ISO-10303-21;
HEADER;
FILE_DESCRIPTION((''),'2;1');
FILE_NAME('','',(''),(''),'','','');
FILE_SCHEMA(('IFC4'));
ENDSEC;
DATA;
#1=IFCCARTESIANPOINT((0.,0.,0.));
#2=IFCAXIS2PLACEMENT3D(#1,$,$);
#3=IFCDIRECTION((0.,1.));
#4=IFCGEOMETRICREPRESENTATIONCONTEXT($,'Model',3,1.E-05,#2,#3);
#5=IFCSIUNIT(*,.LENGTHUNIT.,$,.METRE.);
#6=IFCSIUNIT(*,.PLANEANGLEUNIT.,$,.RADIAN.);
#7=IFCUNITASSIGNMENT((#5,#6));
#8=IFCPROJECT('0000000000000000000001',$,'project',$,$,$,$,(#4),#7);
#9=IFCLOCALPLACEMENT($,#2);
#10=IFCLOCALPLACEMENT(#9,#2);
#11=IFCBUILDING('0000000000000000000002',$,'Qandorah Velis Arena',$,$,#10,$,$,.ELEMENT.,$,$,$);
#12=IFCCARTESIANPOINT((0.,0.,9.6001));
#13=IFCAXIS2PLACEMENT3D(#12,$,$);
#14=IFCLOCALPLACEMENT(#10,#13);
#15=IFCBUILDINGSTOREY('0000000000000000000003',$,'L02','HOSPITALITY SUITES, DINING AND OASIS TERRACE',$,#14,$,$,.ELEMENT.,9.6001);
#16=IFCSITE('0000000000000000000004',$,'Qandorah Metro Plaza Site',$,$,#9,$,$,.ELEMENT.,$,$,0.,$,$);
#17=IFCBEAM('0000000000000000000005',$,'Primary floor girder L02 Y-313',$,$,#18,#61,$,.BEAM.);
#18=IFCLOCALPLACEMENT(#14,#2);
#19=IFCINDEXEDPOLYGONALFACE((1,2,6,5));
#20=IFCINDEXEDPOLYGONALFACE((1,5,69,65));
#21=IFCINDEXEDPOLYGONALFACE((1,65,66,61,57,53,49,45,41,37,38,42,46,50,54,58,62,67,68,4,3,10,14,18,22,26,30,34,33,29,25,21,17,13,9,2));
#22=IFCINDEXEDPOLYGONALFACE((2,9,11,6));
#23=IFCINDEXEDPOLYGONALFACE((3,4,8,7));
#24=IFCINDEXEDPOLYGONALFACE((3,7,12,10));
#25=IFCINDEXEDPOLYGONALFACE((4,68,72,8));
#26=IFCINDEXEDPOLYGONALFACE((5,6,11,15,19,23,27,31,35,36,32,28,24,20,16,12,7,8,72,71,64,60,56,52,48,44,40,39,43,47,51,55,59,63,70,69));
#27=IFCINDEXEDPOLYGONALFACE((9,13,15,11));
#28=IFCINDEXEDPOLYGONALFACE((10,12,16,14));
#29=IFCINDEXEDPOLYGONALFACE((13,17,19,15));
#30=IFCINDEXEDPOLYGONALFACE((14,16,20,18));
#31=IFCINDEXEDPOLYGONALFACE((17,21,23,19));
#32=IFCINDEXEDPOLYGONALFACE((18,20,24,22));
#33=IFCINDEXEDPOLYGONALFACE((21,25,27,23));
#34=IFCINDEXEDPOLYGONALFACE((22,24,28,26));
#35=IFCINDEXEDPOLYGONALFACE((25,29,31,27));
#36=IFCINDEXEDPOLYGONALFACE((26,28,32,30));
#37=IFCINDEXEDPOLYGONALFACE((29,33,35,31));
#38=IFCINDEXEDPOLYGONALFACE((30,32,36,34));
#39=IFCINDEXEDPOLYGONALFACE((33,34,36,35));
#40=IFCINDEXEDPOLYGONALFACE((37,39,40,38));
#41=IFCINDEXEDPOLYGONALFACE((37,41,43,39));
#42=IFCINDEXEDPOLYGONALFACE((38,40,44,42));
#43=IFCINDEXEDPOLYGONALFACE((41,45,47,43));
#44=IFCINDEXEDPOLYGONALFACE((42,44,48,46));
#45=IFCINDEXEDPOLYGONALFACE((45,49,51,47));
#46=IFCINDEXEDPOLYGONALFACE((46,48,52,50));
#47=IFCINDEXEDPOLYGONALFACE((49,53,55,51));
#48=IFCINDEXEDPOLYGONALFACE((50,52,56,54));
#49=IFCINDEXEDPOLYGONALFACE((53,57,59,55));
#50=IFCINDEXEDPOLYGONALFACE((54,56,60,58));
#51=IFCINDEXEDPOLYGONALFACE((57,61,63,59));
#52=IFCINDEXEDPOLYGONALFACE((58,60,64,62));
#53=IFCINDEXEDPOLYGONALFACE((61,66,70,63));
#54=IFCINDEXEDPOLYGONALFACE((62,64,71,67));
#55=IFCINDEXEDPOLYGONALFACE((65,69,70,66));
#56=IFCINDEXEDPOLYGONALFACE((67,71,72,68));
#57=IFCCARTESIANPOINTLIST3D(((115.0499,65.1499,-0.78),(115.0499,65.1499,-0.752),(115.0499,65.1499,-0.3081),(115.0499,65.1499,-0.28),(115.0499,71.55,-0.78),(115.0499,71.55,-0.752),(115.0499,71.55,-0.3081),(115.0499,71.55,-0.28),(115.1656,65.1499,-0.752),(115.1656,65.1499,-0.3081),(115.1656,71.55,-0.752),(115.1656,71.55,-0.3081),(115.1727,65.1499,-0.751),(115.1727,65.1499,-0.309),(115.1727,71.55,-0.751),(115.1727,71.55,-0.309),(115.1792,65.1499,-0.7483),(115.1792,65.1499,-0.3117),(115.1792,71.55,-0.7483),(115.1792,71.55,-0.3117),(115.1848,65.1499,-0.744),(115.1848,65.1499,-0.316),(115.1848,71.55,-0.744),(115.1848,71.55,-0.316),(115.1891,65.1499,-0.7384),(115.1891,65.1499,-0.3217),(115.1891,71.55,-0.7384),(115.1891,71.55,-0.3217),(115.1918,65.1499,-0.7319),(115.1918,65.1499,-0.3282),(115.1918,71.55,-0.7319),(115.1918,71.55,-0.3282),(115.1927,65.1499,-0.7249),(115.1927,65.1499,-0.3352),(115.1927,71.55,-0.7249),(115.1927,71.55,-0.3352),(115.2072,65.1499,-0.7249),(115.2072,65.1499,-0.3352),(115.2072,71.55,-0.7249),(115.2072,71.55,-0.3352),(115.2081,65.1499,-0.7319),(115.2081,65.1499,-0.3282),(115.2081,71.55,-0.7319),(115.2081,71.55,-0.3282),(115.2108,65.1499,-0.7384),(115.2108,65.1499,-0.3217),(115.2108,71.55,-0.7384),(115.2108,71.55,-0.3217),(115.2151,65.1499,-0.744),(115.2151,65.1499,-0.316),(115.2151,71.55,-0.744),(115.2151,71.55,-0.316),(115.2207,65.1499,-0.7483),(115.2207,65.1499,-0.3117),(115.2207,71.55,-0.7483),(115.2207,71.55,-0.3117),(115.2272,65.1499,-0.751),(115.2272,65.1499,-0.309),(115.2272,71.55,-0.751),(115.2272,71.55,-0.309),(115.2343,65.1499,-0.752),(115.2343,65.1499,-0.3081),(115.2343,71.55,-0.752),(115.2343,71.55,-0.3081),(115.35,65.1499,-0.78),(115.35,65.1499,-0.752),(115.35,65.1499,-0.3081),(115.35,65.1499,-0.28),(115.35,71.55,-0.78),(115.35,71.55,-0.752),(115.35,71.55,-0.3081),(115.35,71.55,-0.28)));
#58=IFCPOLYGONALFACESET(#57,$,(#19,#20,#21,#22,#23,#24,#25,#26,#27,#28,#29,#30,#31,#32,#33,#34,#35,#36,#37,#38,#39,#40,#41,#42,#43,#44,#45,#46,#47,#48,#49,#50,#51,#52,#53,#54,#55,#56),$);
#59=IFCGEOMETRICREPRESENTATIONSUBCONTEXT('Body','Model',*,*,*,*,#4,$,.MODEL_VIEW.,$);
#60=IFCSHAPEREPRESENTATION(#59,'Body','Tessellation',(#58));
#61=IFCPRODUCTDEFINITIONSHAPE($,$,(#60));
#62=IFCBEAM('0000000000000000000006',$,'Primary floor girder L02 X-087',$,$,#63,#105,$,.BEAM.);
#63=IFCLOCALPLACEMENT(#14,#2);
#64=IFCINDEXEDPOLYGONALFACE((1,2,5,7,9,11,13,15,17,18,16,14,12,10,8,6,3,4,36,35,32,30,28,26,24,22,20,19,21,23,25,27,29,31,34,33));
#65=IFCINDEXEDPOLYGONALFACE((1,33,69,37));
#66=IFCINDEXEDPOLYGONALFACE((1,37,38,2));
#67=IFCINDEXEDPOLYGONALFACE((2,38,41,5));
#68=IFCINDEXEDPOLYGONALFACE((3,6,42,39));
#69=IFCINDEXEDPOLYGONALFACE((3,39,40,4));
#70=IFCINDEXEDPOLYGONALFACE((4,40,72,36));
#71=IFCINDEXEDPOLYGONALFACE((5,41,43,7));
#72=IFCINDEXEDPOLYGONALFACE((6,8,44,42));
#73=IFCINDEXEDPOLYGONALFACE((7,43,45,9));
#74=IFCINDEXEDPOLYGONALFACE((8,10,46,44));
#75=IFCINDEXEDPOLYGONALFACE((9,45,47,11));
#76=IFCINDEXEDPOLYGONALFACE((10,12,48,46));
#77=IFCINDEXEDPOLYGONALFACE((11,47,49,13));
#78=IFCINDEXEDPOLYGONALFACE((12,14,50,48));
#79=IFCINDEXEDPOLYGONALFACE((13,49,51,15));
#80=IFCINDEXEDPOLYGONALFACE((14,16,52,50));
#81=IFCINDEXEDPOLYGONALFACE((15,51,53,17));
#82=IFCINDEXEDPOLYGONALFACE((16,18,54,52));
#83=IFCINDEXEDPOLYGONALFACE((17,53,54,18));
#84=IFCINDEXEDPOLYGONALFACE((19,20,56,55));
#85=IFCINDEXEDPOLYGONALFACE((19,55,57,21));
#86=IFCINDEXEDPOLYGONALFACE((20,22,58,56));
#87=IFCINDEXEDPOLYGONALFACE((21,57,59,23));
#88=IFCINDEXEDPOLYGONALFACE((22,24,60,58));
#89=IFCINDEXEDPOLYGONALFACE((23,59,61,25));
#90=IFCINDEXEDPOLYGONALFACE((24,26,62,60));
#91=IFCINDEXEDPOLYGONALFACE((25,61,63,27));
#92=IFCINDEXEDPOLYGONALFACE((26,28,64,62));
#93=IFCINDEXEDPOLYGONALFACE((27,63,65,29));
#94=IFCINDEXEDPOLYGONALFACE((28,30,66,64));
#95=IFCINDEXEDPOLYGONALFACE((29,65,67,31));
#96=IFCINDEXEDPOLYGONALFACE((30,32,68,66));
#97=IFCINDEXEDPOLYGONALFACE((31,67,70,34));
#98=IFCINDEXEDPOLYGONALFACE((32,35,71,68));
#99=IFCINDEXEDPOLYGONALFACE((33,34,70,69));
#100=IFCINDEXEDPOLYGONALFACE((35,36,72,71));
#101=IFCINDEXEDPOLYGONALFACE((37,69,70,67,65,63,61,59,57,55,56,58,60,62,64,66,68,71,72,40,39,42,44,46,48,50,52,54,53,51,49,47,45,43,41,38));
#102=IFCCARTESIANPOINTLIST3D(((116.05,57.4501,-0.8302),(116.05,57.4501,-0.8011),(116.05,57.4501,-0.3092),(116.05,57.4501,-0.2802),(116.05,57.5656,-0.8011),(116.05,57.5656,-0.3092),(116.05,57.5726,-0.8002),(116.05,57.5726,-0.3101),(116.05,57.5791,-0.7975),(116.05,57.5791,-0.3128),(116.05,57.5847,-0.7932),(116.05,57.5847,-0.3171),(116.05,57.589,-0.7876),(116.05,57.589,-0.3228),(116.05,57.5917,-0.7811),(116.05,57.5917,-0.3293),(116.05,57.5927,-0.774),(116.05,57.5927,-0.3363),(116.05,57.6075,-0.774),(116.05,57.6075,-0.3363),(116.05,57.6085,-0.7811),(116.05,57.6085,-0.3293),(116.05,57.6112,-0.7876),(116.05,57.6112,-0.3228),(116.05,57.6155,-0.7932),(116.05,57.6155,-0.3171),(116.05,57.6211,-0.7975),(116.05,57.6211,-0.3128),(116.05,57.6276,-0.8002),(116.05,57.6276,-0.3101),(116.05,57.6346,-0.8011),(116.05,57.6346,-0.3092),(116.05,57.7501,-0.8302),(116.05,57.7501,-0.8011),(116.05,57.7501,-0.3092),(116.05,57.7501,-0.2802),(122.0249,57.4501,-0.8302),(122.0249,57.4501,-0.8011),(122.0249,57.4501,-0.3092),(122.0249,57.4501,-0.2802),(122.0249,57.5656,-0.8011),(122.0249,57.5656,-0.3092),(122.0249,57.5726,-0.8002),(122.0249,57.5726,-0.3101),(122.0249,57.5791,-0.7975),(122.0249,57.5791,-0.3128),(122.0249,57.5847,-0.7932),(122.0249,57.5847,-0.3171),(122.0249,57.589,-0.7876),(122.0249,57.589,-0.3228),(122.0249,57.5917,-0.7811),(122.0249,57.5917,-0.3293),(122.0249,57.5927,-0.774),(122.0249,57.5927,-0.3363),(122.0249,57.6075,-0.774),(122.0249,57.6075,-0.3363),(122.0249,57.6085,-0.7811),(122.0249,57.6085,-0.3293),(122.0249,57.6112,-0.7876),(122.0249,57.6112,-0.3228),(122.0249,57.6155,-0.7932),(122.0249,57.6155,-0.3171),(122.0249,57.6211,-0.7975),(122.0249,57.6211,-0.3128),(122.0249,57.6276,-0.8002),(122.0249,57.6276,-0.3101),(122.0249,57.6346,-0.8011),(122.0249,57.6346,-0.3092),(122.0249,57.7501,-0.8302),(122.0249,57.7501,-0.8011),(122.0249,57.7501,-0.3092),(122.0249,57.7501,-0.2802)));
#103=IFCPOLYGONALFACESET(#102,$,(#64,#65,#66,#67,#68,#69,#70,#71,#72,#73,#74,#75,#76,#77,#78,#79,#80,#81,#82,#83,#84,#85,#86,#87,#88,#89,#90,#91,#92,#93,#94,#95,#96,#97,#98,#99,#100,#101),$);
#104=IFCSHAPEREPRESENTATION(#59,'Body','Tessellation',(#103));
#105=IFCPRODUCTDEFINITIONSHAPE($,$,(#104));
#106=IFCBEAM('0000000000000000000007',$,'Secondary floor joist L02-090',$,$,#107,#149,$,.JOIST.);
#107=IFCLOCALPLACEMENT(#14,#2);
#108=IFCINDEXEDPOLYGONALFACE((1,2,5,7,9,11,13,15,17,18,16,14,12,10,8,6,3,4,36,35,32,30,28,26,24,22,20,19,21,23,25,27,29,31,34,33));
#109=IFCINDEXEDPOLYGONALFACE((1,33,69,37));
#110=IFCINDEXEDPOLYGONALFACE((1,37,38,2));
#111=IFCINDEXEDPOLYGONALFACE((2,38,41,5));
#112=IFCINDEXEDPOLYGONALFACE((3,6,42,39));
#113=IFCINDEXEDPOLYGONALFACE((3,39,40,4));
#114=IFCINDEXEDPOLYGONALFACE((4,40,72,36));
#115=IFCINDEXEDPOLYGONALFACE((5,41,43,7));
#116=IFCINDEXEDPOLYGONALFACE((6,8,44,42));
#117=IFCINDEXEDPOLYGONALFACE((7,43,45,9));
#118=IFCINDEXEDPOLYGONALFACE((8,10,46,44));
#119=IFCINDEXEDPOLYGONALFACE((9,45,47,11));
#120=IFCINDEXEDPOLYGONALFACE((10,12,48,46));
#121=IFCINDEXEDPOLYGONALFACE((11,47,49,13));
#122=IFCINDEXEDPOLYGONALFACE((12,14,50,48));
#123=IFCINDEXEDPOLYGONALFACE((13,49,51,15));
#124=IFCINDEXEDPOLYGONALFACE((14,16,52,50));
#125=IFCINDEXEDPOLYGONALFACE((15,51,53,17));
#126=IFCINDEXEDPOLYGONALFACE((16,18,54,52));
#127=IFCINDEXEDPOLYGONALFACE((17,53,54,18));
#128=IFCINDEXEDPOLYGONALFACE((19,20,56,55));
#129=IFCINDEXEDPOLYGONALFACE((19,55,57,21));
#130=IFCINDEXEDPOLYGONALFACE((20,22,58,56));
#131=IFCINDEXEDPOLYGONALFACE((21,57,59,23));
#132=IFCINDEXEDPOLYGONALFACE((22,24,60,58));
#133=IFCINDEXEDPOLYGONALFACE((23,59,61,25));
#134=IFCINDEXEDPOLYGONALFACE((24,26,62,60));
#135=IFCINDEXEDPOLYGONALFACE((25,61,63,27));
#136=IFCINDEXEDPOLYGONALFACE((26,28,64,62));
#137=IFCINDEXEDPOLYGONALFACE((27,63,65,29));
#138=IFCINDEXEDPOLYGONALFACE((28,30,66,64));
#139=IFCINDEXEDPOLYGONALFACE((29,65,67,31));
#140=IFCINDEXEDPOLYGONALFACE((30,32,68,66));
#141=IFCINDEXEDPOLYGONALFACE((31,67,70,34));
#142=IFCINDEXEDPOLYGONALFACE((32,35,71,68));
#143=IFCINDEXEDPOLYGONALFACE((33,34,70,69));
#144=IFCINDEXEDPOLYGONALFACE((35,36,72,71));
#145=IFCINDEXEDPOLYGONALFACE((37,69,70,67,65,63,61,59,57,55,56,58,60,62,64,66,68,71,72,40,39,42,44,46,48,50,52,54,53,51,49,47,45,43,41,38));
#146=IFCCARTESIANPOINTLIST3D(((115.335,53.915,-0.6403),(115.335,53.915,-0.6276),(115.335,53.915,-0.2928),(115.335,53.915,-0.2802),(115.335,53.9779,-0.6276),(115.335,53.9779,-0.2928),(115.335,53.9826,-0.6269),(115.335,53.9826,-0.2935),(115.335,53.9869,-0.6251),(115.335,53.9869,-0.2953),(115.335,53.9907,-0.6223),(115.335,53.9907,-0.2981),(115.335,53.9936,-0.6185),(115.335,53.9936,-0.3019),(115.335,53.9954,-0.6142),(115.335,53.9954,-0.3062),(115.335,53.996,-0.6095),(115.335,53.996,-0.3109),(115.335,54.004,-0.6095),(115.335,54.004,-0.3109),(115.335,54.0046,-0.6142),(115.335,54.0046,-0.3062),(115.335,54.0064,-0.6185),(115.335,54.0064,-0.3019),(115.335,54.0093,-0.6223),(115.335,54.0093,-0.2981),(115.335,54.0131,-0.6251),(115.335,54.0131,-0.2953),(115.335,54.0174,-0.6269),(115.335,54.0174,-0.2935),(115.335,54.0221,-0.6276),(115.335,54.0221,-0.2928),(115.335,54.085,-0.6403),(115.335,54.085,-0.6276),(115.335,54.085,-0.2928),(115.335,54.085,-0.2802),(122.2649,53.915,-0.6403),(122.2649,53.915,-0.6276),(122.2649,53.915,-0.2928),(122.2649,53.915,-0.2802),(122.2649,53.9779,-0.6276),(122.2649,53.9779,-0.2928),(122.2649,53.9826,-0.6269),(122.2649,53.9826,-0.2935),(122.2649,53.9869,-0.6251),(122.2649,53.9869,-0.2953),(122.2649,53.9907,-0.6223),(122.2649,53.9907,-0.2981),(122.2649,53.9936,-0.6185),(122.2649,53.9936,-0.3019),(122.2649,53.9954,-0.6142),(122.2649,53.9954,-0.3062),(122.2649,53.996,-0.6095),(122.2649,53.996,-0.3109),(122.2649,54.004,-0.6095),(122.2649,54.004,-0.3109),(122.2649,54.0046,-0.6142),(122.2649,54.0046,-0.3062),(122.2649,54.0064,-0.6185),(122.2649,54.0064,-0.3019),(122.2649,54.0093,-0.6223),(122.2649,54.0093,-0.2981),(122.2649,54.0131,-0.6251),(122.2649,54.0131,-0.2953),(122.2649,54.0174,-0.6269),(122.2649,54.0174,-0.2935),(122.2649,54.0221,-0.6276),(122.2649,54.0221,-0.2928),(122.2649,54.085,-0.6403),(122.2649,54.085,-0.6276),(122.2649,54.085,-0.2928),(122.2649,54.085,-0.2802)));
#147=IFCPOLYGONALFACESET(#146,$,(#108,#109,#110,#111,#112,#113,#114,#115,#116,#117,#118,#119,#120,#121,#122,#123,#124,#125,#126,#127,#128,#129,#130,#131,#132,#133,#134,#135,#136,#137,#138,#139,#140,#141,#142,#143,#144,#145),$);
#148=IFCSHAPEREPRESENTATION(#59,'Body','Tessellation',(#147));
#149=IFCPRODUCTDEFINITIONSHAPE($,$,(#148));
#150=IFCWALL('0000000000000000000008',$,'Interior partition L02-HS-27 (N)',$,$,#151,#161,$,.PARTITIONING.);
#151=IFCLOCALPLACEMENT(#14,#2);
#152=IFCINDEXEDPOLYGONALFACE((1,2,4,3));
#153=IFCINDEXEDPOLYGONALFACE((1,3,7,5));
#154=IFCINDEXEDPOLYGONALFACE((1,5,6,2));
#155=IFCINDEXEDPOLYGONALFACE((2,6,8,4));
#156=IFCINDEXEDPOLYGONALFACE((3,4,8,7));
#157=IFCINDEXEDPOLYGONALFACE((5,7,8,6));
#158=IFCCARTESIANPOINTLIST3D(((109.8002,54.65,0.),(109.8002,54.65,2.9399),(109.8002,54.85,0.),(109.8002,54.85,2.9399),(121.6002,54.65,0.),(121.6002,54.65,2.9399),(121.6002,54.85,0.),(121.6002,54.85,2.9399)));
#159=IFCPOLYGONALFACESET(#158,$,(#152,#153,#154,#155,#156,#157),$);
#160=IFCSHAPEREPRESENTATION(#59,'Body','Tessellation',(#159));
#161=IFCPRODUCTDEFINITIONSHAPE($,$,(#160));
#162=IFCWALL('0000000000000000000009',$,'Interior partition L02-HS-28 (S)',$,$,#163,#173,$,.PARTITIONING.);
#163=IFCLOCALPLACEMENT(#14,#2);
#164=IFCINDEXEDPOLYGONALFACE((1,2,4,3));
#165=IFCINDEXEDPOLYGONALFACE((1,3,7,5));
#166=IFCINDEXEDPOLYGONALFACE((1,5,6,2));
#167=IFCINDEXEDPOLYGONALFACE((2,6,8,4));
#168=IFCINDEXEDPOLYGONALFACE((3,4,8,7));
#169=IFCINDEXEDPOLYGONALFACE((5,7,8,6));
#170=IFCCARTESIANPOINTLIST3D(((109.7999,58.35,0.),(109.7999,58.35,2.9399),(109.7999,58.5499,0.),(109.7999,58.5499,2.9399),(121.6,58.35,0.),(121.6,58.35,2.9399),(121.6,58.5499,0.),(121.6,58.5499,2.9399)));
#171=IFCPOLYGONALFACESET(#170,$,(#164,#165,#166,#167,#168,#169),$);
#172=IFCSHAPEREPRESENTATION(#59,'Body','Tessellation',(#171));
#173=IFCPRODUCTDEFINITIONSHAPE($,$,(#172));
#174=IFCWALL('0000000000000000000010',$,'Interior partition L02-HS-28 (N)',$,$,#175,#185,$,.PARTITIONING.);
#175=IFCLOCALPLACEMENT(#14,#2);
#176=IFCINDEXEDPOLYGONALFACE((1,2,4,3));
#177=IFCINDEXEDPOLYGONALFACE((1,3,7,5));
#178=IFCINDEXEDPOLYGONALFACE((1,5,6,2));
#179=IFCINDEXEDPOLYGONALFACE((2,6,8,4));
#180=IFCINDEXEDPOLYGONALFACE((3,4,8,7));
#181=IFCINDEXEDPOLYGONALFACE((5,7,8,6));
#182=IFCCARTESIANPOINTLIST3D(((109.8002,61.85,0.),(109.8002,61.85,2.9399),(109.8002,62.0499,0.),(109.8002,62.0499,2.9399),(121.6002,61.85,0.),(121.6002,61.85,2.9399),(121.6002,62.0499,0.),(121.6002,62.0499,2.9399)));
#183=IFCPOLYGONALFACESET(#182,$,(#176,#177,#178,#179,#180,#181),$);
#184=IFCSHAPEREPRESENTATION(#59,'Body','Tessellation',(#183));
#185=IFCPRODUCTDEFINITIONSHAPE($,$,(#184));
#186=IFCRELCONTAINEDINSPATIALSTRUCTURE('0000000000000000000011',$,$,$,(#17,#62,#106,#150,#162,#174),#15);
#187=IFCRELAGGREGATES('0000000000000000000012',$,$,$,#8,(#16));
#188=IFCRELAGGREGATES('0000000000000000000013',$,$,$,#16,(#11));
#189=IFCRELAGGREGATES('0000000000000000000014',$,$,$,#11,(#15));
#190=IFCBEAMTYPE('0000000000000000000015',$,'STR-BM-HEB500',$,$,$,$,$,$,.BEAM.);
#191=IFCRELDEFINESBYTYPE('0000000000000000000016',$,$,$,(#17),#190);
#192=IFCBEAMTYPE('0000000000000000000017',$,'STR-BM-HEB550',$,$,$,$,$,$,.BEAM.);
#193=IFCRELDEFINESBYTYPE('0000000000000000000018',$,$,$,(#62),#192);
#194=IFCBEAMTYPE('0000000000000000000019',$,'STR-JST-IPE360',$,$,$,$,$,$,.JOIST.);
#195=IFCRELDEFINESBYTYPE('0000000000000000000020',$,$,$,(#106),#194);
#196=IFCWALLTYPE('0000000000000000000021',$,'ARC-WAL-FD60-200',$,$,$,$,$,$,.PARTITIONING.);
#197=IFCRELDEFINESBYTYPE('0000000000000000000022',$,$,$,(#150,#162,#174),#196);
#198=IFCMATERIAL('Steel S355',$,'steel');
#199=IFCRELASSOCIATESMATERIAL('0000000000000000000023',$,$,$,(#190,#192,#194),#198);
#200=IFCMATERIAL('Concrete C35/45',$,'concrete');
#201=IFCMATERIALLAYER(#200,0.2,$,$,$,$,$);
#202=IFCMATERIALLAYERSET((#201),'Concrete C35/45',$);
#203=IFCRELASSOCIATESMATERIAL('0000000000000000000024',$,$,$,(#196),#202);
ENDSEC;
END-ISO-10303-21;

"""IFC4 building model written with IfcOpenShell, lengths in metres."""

from ifc_helpers import new_model, si_unit, direction, frame, frame_2d, origin, origin_2d, place, context, subcontext, project, spatial, rectangle, i_section, extrude, material, layer, layer_set, material_profile, profile_set, type_object, element, save


model = new_model("IFC4")

# Units and contexts
model_context = context("Model", 3, precision=1e-05, world=origin(), true_north=direction((0.0, 1.0)))
body_context = subcontext(model_context, "Body", "Model", "MODEL_VIEW")
ifc_project = project(units=[si_unit("LENGTHUNIT", "METRE"), si_unit("PLANEANGLEUNIT", "RADIAN")], contexts=[model_context])

# Site, building, storey
site_placement = place(None, origin())
site = spatial("IfcSite", under=ifc_project, at=site_placement, Name="Qandorah Metro Plaza Site", CompositionType="ELEMENT", RefElevation=0.0)
building_placement = place(site_placement, origin())
building = spatial("IfcBuilding", under=site, at=building_placement, Name="Qandorah Velis Arena", CompositionType="ELEMENT")
storey_placement = place(building_placement, frame((0.0, 0.0, 9.6001)))
storey = spatial("IfcBuildingStorey", under=building, at=storey_placement, Name="L02", Description="HOSPITALITY SUITES, DINING AND OASIS TERRACE", CompositionType="ELEMENT", Elevation=9.6001)

# Beams
ifc_material_1 = material(Name="Steel S355", Category="steel")
ifc_material_profile_1 = material_profile(ifc_material_1, i_section(OverallWidth=0.3, OverallDepth=0.5, WebThickness=0.0144, FlangeThickness=0.0281, FilletRadius=0.0271, at=origin_2d()), Name="HEB 500")
ifc_profile_set_1 = profile_set([ifc_material_profile_1], Name="Steel S355")
beam_type_1 = type_object("IfcBeamType", Name="STR-BM-HEB500", PredefinedType="BEAM", material=ifc_profile_set_1)
beam_1_placement = place(storey_placement, frame((115.2, 65.1499, -0.53), z_axis=(0.0, 1.0, 0.0), x_axis=(-1.0, 0.0, 0.0)))
element("IfcBeam", 1, at=beam_1_placement, inside=storey, type_object=beam_type_1, Name="Primary floor girder L02 Y-313", PredefinedType="BEAM", context=body_context, shape_type="SweptSolid", body=[
    extrude(i_section(OverallWidth=0.3, OverallDepth=0.5, WebThickness=0.0144, FlangeThickness=0.0281, FilletRadius=0.0271, at=origin_2d()), origin(), (0.0, 0.0, 1.0), 6.4001),
])
ifc_material_profile_2 = material_profile(ifc_material_1, i_section(OverallWidth=0.3, OverallDepth=0.55, WebThickness=0.0149, FlangeThickness=0.0291, FilletRadius=0.0271, at=origin_2d()), Name="HEB 550")
ifc_profile_set_2 = profile_set([ifc_material_profile_2], Name="Steel S355")
beam_type_2 = type_object("IfcBeamType", Name="STR-BM-HEB550", PredefinedType="BEAM", material=ifc_profile_set_2)
beam_2_placement = place(storey_placement, frame((116.05, 57.6001, -0.5552), z_axis=(1.0, 0.0, 0.0), x_axis=(0.0, 1.0, 0.0)))
element("IfcBeam", 2, at=beam_2_placement, inside=storey, type_object=beam_type_2, Name="Primary floor girder L02 X-087", PredefinedType="BEAM", context=body_context, shape_type="SweptSolid", body=[
    extrude(i_section(OverallWidth=0.3, OverallDepth=0.55, WebThickness=0.0149, FlangeThickness=0.0291, FilletRadius=0.0271, at=origin_2d()), origin(), (0.0, 0.0, 1.0), 5.9749),
])
ifc_material_profile_3 = material_profile(ifc_material_1, i_section(OverallWidth=0.1699, OverallDepth=0.3601, WebThickness=0.0081, FlangeThickness=0.0127, FilletRadius=0.0181, at=origin_2d()), Name="IPE 360")
ifc_profile_set_3 = profile_set([ifc_material_profile_3], Name="Steel S355")
beam_type_3 = type_object("IfcBeamType", Name="STR-JST-IPE360", PredefinedType="JOIST", material=ifc_profile_set_3)
beam_3_placement = place(storey_placement, frame((115.335, 54.0, -0.4602), z_axis=(1.0, 0.0, 0.0), x_axis=(0.0, 1.0, 0.0)))
element("IfcBeam", 3, at=beam_3_placement, inside=storey, type_object=beam_type_3, Name="Secondary floor joist L02-090", PredefinedType="JOIST", context=body_context, shape_type="SweptSolid", body=[
    extrude(i_section(OverallWidth=0.1699, OverallDepth=0.3601, WebThickness=0.0081, FlangeThickness=0.0127, FilletRadius=0.0181, at=origin_2d()), origin(), (0.0, 0.0, 1.0), 6.9299),
])

# Walls
ifc_material_2 = material(Name="Concrete C35/45", Category="concrete")
ifc_layer_1 = layer(ifc_material_2, 0.2)
ifc_layer_set_1 = layer_set([ifc_layer_1], Name="Concrete C35/45")
wall_type_1 = type_object("IfcWallType", Name="ARC-WAL-FD60-200", PredefinedType="PARTITIONING", material=ifc_layer_set_1)
for number, where, z_axis, x_axis, name in (
    (4, (121.6001, 54.75, 0.0), (0.0, 0.0, 1.0), (-1.0, 0.0, 0.0), "Interior partition L02-HS-27 (N)"),
    (5, (109.8, 58.45, 0.0), (0.0, 0.0, 1.0), (1.0, 0.0, 0.0), "Interior partition L02-HS-28 (S)"),
    (6, (121.6001, 61.95, 0.0), (0.0, 0.0, 1.0), (-1.0, 0.0, 0.0), "Interior partition L02-HS-28 (N)"),
):
    element("IfcWall", number, at=place(storey_placement, frame(where, z_axis=z_axis, x_axis=x_axis)), inside=storey, type_object=wall_type_1, Name=name, PredefinedType="PARTITIONING", context=body_context, shape_type="SweptSolid", body=[
        extrude(rectangle(XDim=11.8, YDim=0.2, at=frame_2d((5.8999, 0.0))), origin(), (0.0, 0.0, 1.0), 2.9399),
    ])

save(model, "model.ifc")
